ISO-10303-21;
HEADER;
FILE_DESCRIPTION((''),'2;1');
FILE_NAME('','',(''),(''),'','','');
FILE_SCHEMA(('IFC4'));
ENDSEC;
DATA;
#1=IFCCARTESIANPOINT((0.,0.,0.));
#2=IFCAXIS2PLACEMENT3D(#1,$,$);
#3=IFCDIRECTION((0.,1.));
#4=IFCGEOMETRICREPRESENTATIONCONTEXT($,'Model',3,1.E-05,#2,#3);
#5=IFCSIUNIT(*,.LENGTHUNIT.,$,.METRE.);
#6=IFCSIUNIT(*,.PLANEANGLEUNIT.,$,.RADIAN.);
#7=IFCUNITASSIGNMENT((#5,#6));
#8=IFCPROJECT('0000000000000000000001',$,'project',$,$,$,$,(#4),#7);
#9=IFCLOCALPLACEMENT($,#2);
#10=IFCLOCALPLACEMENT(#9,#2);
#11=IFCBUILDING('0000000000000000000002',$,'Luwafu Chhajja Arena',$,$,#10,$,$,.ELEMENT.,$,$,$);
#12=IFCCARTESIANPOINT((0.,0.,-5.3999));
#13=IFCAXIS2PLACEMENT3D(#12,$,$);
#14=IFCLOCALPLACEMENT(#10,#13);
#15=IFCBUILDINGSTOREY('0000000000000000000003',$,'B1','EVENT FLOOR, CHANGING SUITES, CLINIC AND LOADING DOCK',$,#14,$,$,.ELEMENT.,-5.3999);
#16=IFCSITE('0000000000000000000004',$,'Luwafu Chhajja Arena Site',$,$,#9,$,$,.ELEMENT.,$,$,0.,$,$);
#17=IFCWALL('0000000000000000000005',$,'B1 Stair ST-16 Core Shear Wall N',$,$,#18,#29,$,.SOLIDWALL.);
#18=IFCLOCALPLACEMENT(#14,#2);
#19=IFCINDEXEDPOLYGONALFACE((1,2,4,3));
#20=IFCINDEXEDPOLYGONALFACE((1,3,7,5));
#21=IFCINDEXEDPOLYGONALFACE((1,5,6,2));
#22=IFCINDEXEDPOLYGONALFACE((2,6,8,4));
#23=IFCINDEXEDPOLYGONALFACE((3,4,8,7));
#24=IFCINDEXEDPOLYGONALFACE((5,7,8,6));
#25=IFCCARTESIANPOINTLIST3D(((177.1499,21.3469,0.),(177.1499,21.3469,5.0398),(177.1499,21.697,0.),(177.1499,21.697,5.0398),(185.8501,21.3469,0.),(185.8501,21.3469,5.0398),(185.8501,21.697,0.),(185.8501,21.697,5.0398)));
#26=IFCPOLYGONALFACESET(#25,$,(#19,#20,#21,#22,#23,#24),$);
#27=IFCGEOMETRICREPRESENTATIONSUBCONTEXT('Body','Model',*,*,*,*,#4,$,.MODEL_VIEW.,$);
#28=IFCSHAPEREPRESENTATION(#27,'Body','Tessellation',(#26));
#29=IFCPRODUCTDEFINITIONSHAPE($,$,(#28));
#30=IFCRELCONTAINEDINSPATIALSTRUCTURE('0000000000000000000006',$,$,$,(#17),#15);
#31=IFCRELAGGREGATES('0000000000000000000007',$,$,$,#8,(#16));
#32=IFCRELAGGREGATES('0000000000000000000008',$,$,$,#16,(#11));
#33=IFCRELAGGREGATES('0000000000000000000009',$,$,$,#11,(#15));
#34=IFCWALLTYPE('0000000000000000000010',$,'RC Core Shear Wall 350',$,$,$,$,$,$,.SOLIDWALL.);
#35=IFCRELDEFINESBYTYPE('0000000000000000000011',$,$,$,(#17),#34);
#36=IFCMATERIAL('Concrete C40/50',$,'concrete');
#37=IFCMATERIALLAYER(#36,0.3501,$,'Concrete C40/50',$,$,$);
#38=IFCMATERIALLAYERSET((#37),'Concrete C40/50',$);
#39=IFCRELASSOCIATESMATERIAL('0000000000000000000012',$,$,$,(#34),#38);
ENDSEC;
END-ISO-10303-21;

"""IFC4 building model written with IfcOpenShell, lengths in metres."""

from ifc_helpers import new_model, si_unit, direction, frame, frame_2d, origin, place, context, subcontext, project, spatial, rectangle, extrude, material, layer, layer_set, type_object, element, save


model = new_model("IFC4")

# Units and contexts
model_context = context("Model", 3, precision=1e-05, world=origin(), true_north=direction((0.0, 1.0)))
body_context = subcontext(model_context, "Body", "Model", "MODEL_VIEW")
ifc_project = project(units=[si_unit("LENGTHUNIT", "METRE"), si_unit("PLANEANGLEUNIT", "RADIAN")], contexts=[model_context])

# Site, building, storey
site_placement = place(None, origin())
site = spatial("IfcSite", under=ifc_project, at=site_placement, Name="Luwafu Chhajja Arena Site", CompositionType="ELEMENT", RefElevation=0.0)
building_placement = place(site_placement, origin())
building = spatial("IfcBuilding", under=site, at=building_placement, Name="Luwafu Chhajja Arena", CompositionType="ELEMENT")
storey_placement = place(building_placement, frame((0.0, 0.0, -5.3999)))
storey = spatial("IfcBuildingStorey", under=building, at=storey_placement, Name="B1", Description="EVENT FLOOR, CHANGING SUITES, CLINIC AND LOADING DOCK", CompositionType="ELEMENT", Elevation=-5.3999)

# Shared definitions
ifc_material_1 = material(Name="Concrete C40/50", Category="concrete")

# Wall
ifc_layer_1 = layer(ifc_material_1, 0.3501, Name="Concrete C40/50")
ifc_layer_set_1 = layer_set([ifc_layer_1], Name="Concrete C40/50")
wall_type_1 = type_object("IfcWallType", Name="RC Core Shear Wall 350", PredefinedType="SOLIDWALL", material=ifc_layer_set_1)
wall_1_placement = place(storey_placement, frame((177.1499, 21.522, 0.0), z_axis=(0.0, 0.0, 1.0), x_axis=(1.0, 0.0, 0.0)))
element("IfcWall", 1, at=wall_1_placement, inside=storey, type_object=wall_type_1, Name="B1 Stair ST-16 Core Shear Wall N", PredefinedType="SOLIDWALL", context=body_context, shape_type="SweptSolid", body=[
    extrude(rectangle(XDim=8.7002, YDim=0.3501, at=frame_2d((4.3501, 0.0))), origin(), (0.0, 0.0, 1.0), 5.0398),
])

save(model, "model.ifc")
